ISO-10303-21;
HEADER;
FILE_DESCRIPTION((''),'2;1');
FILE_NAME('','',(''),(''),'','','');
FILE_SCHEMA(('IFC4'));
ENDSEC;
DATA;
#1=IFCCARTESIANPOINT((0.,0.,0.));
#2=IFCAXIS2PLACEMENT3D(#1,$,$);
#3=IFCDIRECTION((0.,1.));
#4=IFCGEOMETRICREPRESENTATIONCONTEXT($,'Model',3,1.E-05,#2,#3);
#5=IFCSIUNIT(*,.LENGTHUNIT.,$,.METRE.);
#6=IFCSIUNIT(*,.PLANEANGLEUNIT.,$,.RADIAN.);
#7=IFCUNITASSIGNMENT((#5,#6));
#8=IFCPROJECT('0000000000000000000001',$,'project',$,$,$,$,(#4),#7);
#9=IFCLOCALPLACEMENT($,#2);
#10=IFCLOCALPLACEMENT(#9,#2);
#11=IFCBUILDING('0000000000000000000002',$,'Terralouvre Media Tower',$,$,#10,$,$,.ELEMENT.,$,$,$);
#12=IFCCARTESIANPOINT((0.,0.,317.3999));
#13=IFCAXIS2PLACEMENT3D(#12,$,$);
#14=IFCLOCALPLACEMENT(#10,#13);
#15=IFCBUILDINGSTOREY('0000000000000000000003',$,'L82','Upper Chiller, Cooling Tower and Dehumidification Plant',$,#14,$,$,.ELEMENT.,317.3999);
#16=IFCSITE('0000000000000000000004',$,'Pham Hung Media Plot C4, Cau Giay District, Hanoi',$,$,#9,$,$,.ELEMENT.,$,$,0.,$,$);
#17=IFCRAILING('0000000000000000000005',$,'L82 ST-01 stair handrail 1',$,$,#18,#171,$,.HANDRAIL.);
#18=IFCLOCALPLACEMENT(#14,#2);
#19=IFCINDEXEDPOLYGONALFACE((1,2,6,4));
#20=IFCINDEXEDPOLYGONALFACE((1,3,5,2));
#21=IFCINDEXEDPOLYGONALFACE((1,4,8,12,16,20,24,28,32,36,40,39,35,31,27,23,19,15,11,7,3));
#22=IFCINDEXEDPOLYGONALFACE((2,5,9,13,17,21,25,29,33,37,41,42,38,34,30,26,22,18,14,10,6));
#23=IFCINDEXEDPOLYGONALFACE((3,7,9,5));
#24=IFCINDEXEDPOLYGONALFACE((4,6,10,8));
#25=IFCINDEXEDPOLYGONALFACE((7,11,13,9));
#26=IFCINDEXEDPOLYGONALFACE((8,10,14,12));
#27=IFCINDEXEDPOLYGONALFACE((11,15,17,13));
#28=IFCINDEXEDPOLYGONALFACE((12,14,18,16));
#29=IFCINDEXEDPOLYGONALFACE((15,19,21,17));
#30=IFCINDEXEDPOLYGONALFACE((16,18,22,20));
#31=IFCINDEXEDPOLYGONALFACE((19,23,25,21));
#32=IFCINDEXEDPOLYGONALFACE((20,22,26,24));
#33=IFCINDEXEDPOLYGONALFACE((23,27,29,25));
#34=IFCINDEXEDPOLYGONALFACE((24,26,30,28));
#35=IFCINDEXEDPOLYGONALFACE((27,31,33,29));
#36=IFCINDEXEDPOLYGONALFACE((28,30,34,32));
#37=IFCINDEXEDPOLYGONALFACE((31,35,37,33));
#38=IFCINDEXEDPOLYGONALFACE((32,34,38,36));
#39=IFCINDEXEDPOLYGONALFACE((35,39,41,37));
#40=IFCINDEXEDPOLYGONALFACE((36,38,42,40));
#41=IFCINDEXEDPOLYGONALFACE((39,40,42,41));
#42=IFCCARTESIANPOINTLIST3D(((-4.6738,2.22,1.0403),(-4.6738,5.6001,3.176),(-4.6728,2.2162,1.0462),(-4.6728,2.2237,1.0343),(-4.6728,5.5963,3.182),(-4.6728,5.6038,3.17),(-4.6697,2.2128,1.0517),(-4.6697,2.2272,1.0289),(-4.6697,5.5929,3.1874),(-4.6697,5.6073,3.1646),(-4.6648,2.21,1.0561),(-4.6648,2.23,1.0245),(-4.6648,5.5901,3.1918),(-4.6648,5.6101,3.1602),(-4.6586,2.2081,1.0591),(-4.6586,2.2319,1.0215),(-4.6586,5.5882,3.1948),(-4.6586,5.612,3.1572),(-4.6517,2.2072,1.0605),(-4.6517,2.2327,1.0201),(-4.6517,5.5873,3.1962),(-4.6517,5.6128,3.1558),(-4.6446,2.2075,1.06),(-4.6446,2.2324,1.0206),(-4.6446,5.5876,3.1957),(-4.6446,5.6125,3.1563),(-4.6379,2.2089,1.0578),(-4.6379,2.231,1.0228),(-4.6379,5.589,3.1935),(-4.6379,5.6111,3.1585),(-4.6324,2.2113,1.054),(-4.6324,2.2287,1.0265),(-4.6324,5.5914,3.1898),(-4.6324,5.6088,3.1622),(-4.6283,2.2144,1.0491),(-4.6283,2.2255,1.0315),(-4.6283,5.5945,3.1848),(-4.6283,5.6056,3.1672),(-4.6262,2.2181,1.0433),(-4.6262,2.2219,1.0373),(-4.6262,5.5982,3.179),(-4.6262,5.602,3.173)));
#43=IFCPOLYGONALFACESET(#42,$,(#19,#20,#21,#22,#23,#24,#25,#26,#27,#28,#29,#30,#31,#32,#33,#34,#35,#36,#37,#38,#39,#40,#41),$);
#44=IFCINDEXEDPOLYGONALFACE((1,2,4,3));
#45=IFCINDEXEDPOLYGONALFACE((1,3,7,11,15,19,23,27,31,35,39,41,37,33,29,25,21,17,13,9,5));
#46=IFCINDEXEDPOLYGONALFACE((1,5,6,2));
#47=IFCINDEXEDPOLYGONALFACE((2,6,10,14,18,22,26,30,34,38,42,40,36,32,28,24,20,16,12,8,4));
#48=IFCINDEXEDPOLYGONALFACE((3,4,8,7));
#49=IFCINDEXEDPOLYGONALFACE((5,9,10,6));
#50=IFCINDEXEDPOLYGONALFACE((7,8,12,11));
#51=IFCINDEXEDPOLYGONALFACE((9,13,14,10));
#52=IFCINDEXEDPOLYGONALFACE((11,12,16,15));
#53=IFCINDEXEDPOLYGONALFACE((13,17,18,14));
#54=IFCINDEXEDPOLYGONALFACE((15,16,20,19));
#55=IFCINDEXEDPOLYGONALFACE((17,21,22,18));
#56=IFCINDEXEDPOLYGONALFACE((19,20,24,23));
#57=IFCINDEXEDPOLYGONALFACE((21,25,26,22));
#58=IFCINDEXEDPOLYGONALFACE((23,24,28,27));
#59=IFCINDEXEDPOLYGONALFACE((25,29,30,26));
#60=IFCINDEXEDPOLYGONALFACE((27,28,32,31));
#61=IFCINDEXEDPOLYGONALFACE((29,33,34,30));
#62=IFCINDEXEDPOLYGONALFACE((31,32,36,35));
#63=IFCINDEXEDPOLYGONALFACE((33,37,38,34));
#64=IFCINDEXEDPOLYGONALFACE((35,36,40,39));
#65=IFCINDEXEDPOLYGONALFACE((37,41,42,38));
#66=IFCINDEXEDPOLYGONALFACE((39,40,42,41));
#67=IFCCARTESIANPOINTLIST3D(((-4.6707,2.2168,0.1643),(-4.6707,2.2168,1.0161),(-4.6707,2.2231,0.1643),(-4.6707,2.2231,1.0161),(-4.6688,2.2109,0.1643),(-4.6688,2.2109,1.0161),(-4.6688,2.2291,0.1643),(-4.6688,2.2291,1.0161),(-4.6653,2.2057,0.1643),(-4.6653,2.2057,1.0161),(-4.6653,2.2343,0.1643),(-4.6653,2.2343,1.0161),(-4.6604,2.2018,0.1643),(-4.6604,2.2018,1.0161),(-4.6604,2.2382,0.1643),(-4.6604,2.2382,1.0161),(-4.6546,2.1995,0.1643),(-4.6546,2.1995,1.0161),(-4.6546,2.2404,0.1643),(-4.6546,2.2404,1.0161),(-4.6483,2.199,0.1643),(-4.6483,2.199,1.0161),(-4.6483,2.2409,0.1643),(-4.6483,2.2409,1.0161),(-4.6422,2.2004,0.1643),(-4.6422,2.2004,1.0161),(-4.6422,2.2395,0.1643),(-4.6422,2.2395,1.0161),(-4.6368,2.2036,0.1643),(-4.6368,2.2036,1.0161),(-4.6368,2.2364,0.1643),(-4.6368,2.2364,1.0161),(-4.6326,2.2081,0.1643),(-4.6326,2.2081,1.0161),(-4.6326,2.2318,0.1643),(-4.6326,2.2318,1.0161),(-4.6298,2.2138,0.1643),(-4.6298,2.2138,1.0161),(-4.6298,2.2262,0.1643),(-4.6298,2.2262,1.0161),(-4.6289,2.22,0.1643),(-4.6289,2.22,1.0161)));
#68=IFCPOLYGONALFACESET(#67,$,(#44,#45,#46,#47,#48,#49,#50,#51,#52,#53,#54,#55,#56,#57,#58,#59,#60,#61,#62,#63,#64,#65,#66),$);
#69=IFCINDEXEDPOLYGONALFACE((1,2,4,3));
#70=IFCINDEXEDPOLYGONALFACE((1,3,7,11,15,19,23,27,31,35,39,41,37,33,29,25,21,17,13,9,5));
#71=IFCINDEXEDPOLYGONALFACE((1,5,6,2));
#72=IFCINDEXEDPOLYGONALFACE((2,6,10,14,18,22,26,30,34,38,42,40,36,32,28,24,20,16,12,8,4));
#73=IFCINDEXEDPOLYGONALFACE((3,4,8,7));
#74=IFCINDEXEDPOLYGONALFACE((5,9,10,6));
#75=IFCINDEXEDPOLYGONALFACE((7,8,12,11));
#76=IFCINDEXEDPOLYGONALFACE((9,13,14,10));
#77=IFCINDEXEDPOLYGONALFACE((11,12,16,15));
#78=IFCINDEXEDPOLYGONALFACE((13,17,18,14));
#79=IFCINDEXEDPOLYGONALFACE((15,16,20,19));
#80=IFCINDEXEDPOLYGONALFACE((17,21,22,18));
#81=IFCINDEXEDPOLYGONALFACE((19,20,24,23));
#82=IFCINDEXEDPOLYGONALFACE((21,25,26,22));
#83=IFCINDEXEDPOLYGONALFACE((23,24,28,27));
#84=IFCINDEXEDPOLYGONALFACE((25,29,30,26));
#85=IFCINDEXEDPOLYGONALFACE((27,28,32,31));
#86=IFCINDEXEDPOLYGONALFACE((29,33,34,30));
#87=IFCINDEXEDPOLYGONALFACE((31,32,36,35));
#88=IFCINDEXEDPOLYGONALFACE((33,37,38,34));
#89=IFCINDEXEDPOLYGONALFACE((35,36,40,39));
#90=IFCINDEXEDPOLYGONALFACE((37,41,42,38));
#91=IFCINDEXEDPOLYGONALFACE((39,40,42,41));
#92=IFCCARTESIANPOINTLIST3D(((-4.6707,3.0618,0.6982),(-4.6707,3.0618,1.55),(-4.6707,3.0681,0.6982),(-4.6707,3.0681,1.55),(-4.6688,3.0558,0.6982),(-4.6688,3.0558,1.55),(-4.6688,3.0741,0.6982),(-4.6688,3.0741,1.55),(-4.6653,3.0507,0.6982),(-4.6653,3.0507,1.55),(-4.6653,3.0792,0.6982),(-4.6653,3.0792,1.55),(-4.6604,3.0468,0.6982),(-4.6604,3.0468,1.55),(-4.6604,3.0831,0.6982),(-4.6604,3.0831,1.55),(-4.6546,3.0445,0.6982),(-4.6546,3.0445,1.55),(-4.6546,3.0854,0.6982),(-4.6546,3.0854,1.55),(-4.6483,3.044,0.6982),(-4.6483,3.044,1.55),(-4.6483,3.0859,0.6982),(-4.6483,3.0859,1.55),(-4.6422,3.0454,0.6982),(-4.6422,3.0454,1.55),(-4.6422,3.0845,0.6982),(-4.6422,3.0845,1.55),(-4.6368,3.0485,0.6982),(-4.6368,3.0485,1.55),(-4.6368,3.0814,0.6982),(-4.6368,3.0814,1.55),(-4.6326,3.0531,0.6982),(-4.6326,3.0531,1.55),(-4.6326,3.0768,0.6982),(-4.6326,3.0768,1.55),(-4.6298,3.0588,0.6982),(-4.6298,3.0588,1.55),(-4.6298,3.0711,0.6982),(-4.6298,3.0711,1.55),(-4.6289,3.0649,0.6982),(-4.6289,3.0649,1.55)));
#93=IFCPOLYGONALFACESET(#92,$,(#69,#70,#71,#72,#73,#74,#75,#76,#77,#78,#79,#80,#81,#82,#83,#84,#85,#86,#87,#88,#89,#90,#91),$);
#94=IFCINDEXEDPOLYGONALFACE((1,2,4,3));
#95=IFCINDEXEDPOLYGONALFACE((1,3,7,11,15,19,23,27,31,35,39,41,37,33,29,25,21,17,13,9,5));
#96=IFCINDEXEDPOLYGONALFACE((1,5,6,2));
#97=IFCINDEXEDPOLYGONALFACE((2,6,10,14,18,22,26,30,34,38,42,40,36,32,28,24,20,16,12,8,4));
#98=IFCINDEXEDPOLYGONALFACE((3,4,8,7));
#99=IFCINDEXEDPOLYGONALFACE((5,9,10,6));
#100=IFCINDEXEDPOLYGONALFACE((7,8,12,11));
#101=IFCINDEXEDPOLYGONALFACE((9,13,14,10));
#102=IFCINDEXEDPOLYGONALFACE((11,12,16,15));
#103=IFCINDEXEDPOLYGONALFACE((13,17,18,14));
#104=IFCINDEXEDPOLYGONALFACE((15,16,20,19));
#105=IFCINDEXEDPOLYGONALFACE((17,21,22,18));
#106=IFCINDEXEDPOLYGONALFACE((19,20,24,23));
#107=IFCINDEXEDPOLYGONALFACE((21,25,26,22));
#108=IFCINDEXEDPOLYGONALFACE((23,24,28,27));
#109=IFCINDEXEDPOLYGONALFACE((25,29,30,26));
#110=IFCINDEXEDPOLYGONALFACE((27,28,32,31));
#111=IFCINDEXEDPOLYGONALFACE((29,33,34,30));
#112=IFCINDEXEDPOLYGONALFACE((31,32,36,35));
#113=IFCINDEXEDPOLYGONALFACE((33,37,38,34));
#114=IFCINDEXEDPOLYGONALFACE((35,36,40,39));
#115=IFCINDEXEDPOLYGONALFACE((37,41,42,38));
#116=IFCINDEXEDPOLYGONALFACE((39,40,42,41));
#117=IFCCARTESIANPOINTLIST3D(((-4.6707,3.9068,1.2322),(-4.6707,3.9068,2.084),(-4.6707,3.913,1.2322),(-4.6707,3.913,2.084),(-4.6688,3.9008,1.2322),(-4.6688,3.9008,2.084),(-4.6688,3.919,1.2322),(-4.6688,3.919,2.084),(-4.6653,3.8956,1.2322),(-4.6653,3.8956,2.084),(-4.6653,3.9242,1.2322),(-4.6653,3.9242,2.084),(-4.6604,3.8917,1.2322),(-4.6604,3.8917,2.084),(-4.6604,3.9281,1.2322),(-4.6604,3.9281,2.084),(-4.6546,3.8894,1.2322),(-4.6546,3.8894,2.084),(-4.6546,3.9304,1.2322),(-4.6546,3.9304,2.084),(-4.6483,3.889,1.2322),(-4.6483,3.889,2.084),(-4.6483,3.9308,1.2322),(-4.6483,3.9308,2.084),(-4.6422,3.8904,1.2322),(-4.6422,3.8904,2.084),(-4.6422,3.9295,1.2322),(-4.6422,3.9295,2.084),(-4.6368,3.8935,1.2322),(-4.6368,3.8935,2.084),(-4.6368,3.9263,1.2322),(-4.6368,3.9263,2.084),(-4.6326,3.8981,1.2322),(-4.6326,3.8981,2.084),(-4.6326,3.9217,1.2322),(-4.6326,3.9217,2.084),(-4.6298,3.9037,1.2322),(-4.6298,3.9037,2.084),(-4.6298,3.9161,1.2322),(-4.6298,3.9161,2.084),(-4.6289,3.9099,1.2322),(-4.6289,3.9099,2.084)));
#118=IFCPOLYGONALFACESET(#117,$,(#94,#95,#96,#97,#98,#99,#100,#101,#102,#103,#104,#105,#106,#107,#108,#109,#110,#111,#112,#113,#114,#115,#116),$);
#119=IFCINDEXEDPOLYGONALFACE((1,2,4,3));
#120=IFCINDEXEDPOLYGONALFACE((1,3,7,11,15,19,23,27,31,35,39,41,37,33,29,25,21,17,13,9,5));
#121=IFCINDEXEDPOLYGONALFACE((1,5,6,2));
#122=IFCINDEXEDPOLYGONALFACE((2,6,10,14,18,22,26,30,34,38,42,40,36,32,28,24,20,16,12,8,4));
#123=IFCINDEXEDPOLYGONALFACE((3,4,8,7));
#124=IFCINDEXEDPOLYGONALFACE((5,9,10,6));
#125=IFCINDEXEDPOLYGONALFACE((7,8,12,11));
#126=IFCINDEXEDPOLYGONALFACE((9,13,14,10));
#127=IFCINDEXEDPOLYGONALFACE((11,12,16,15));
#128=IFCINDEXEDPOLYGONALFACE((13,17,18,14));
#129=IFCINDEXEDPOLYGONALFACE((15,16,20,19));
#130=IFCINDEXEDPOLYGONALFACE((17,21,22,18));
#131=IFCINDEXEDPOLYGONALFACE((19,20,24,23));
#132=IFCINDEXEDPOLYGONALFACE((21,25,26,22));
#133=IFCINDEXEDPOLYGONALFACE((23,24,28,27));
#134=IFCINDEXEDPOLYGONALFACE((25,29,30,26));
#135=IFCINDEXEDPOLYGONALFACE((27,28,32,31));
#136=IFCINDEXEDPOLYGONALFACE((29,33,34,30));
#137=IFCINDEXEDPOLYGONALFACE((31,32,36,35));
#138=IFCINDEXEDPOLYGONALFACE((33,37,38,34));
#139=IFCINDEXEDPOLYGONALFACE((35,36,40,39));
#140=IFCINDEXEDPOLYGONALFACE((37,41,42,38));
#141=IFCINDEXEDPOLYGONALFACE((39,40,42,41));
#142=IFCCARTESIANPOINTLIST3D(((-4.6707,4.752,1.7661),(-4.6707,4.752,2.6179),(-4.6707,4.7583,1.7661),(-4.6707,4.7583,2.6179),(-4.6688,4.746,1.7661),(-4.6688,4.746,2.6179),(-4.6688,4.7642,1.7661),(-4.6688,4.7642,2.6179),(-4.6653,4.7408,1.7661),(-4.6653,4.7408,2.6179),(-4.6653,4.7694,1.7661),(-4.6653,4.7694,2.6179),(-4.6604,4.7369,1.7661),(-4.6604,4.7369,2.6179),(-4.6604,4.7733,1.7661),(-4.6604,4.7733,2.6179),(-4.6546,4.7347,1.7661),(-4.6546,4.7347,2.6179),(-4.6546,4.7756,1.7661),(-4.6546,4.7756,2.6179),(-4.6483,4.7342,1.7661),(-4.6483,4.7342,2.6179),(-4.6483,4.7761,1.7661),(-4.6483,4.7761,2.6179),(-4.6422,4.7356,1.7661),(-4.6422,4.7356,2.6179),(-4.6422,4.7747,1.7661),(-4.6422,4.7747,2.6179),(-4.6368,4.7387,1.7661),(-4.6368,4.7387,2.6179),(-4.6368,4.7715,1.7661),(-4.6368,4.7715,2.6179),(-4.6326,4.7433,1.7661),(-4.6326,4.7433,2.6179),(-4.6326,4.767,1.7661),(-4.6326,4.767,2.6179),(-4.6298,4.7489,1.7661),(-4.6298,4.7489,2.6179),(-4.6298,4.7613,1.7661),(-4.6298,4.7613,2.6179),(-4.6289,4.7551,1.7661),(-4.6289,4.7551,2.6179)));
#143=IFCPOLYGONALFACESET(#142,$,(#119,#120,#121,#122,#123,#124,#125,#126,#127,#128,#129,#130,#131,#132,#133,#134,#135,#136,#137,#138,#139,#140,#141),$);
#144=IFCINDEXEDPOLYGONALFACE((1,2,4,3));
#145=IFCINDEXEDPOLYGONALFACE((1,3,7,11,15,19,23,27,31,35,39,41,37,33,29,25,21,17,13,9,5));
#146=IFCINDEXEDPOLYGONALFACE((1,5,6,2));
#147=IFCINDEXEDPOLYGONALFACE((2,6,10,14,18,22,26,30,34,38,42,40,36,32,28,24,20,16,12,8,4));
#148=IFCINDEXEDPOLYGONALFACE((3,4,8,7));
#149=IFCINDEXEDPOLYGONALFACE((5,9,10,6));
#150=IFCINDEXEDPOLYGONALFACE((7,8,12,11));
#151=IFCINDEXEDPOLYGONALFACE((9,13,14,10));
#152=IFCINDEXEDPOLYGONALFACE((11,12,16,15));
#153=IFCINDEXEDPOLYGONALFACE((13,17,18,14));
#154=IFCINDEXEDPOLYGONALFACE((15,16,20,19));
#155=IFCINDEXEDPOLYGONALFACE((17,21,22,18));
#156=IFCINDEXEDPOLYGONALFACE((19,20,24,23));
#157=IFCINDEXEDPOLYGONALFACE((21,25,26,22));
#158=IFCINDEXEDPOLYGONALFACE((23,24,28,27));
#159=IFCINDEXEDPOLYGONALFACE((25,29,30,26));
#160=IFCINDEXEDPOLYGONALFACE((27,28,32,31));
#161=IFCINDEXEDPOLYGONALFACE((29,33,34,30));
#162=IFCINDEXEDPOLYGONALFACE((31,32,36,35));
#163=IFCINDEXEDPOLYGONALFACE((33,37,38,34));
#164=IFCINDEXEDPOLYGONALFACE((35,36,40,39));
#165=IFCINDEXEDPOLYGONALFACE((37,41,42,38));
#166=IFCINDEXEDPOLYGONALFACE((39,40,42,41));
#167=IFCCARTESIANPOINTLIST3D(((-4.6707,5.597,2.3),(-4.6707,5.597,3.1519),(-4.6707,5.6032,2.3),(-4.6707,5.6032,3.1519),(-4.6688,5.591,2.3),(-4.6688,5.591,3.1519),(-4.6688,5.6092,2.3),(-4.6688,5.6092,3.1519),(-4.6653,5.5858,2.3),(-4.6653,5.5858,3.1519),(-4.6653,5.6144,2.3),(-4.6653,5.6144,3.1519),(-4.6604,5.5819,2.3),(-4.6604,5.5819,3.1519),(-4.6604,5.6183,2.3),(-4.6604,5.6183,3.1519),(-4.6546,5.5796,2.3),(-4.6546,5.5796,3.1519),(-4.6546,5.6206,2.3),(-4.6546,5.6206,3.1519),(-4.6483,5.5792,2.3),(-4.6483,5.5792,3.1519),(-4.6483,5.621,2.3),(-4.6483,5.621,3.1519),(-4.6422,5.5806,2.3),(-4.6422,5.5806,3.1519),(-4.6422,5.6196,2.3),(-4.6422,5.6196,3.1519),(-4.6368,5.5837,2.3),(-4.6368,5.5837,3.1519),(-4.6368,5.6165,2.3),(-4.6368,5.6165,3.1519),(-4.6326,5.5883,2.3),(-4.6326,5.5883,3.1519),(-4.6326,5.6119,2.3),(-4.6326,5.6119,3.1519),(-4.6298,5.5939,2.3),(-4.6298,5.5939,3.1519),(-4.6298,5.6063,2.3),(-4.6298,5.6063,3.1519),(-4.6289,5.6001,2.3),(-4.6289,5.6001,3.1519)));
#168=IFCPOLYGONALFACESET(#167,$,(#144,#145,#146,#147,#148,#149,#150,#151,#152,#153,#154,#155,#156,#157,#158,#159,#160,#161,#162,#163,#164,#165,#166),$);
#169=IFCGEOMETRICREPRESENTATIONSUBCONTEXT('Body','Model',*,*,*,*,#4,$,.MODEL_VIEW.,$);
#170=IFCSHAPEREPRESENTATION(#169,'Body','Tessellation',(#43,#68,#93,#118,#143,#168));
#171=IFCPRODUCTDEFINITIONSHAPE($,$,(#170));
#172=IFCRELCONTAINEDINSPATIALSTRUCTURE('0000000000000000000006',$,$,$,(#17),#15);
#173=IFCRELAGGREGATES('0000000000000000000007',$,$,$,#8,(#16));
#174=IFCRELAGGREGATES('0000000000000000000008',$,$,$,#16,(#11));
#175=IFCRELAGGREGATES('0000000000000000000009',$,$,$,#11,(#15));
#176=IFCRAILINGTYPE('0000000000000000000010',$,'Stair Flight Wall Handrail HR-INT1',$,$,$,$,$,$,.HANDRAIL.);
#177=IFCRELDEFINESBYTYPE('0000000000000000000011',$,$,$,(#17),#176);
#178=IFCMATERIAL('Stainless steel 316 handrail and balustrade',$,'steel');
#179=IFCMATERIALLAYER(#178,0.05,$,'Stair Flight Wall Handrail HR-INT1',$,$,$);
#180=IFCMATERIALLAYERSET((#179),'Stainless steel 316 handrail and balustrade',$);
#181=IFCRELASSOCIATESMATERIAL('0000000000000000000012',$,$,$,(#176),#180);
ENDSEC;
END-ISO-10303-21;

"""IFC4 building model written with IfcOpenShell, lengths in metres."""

from ifc_helpers import new_model, si_unit, direction, frame, origin, origin_2d, place, context, subcontext, project, spatial, circle, extrude, material, layer, layer_set, type_object, element, save


model = new_model("IFC4")

# Units and contexts
model_context = context("Model", 3, precision=1e-05, world=origin(), true_north=direction((0.0, 1.0)))
body_context = subcontext(model_context, "Body", "Model", "MODEL_VIEW")
ifc_project = project(units=[si_unit("LENGTHUNIT", "METRE"), si_unit("PLANEANGLEUNIT", "RADIAN")], contexts=[model_context])

# Site, building, storey
site_placement = place(None, origin())
site = spatial("IfcSite", under=ifc_project, at=site_placement, Name="Pham Hung Media Plot C4, Cau Giay District, Hanoi", CompositionType="ELEMENT", RefElevation=0.0)
building_placement = place(site_placement, origin())
building = spatial("IfcBuilding", under=site, at=building_placement, Name="Terralouvre Media Tower", CompositionType="ELEMENT")
storey_placement = place(building_placement, frame((0.0, 0.0, 317.3999)))
storey = spatial("IfcBuildingStorey", under=building, at=storey_placement, Name="L82", Description="Upper Chiller, Cooling Tower and Dehumidification Plant", CompositionType="ELEMENT", Elevation=317.3999)

# Railing
ifc_material_1 = material(Name="Stainless steel 316 handrail and balustrade", Category="steel")
ifc_layer_1 = layer(ifc_material_1, 0.05, Name="Stair Flight Wall Handrail HR-INT1")
ifc_layer_set_1 = layer_set([ifc_layer_1], Name="Stainless steel 316 handrail and balustrade")
railing_type_1 = type_object("IfcRailingType", Name="Stair Flight Wall Handrail HR-INT1", PredefinedType="HANDRAIL", material=ifc_layer_set_1)
railing_1_placement = place(storey_placement, frame((-4.6499, 2.22, 0.1643)))
element("IfcRailing", 1, at=railing_1_placement, inside=storey, type_object=railing_type_1, Name="L82 ST-01 stair handrail 1", PredefinedType="HANDRAIL", context=body_context, shape_type="SweptSolid", body=[
    extrude(circle(Radius=0.0239, at=origin_2d()), frame((0.0, 0.0, 0.876), z_axis=(0.0, 0.845384, 0.534158), x_axis=(-1.0, 0.0, 0.0)), (0.0, 0.0, 1.0), 3.9983),
    extrude(circle(Radius=0.021, at=origin_2d()), origin(), (0.0, 0.0, 1.0), 0.8518),
    extrude(circle(Radius=0.021, at=origin_2d()), frame((0.0, 0.845, 0.5339)), (0.0, 0.0, 1.0), 0.8518),
    extrude(circle(Radius=0.021, at=origin_2d()), frame((0.0, 1.6899, 1.0679)), (0.0, 0.0, 1.0), 0.8518),
    extrude(circle(Radius=0.021, at=origin_2d()), frame((0.0, 2.5352, 1.6018)), (0.0, 0.0, 1.0), 0.8518),
    extrude(circle(Radius=0.021, at=origin_2d()), frame((0.0, 3.3801, 2.1357)), (0.0, 0.0, 1.0), 0.8518),
])

save(model, "model.ifc")
